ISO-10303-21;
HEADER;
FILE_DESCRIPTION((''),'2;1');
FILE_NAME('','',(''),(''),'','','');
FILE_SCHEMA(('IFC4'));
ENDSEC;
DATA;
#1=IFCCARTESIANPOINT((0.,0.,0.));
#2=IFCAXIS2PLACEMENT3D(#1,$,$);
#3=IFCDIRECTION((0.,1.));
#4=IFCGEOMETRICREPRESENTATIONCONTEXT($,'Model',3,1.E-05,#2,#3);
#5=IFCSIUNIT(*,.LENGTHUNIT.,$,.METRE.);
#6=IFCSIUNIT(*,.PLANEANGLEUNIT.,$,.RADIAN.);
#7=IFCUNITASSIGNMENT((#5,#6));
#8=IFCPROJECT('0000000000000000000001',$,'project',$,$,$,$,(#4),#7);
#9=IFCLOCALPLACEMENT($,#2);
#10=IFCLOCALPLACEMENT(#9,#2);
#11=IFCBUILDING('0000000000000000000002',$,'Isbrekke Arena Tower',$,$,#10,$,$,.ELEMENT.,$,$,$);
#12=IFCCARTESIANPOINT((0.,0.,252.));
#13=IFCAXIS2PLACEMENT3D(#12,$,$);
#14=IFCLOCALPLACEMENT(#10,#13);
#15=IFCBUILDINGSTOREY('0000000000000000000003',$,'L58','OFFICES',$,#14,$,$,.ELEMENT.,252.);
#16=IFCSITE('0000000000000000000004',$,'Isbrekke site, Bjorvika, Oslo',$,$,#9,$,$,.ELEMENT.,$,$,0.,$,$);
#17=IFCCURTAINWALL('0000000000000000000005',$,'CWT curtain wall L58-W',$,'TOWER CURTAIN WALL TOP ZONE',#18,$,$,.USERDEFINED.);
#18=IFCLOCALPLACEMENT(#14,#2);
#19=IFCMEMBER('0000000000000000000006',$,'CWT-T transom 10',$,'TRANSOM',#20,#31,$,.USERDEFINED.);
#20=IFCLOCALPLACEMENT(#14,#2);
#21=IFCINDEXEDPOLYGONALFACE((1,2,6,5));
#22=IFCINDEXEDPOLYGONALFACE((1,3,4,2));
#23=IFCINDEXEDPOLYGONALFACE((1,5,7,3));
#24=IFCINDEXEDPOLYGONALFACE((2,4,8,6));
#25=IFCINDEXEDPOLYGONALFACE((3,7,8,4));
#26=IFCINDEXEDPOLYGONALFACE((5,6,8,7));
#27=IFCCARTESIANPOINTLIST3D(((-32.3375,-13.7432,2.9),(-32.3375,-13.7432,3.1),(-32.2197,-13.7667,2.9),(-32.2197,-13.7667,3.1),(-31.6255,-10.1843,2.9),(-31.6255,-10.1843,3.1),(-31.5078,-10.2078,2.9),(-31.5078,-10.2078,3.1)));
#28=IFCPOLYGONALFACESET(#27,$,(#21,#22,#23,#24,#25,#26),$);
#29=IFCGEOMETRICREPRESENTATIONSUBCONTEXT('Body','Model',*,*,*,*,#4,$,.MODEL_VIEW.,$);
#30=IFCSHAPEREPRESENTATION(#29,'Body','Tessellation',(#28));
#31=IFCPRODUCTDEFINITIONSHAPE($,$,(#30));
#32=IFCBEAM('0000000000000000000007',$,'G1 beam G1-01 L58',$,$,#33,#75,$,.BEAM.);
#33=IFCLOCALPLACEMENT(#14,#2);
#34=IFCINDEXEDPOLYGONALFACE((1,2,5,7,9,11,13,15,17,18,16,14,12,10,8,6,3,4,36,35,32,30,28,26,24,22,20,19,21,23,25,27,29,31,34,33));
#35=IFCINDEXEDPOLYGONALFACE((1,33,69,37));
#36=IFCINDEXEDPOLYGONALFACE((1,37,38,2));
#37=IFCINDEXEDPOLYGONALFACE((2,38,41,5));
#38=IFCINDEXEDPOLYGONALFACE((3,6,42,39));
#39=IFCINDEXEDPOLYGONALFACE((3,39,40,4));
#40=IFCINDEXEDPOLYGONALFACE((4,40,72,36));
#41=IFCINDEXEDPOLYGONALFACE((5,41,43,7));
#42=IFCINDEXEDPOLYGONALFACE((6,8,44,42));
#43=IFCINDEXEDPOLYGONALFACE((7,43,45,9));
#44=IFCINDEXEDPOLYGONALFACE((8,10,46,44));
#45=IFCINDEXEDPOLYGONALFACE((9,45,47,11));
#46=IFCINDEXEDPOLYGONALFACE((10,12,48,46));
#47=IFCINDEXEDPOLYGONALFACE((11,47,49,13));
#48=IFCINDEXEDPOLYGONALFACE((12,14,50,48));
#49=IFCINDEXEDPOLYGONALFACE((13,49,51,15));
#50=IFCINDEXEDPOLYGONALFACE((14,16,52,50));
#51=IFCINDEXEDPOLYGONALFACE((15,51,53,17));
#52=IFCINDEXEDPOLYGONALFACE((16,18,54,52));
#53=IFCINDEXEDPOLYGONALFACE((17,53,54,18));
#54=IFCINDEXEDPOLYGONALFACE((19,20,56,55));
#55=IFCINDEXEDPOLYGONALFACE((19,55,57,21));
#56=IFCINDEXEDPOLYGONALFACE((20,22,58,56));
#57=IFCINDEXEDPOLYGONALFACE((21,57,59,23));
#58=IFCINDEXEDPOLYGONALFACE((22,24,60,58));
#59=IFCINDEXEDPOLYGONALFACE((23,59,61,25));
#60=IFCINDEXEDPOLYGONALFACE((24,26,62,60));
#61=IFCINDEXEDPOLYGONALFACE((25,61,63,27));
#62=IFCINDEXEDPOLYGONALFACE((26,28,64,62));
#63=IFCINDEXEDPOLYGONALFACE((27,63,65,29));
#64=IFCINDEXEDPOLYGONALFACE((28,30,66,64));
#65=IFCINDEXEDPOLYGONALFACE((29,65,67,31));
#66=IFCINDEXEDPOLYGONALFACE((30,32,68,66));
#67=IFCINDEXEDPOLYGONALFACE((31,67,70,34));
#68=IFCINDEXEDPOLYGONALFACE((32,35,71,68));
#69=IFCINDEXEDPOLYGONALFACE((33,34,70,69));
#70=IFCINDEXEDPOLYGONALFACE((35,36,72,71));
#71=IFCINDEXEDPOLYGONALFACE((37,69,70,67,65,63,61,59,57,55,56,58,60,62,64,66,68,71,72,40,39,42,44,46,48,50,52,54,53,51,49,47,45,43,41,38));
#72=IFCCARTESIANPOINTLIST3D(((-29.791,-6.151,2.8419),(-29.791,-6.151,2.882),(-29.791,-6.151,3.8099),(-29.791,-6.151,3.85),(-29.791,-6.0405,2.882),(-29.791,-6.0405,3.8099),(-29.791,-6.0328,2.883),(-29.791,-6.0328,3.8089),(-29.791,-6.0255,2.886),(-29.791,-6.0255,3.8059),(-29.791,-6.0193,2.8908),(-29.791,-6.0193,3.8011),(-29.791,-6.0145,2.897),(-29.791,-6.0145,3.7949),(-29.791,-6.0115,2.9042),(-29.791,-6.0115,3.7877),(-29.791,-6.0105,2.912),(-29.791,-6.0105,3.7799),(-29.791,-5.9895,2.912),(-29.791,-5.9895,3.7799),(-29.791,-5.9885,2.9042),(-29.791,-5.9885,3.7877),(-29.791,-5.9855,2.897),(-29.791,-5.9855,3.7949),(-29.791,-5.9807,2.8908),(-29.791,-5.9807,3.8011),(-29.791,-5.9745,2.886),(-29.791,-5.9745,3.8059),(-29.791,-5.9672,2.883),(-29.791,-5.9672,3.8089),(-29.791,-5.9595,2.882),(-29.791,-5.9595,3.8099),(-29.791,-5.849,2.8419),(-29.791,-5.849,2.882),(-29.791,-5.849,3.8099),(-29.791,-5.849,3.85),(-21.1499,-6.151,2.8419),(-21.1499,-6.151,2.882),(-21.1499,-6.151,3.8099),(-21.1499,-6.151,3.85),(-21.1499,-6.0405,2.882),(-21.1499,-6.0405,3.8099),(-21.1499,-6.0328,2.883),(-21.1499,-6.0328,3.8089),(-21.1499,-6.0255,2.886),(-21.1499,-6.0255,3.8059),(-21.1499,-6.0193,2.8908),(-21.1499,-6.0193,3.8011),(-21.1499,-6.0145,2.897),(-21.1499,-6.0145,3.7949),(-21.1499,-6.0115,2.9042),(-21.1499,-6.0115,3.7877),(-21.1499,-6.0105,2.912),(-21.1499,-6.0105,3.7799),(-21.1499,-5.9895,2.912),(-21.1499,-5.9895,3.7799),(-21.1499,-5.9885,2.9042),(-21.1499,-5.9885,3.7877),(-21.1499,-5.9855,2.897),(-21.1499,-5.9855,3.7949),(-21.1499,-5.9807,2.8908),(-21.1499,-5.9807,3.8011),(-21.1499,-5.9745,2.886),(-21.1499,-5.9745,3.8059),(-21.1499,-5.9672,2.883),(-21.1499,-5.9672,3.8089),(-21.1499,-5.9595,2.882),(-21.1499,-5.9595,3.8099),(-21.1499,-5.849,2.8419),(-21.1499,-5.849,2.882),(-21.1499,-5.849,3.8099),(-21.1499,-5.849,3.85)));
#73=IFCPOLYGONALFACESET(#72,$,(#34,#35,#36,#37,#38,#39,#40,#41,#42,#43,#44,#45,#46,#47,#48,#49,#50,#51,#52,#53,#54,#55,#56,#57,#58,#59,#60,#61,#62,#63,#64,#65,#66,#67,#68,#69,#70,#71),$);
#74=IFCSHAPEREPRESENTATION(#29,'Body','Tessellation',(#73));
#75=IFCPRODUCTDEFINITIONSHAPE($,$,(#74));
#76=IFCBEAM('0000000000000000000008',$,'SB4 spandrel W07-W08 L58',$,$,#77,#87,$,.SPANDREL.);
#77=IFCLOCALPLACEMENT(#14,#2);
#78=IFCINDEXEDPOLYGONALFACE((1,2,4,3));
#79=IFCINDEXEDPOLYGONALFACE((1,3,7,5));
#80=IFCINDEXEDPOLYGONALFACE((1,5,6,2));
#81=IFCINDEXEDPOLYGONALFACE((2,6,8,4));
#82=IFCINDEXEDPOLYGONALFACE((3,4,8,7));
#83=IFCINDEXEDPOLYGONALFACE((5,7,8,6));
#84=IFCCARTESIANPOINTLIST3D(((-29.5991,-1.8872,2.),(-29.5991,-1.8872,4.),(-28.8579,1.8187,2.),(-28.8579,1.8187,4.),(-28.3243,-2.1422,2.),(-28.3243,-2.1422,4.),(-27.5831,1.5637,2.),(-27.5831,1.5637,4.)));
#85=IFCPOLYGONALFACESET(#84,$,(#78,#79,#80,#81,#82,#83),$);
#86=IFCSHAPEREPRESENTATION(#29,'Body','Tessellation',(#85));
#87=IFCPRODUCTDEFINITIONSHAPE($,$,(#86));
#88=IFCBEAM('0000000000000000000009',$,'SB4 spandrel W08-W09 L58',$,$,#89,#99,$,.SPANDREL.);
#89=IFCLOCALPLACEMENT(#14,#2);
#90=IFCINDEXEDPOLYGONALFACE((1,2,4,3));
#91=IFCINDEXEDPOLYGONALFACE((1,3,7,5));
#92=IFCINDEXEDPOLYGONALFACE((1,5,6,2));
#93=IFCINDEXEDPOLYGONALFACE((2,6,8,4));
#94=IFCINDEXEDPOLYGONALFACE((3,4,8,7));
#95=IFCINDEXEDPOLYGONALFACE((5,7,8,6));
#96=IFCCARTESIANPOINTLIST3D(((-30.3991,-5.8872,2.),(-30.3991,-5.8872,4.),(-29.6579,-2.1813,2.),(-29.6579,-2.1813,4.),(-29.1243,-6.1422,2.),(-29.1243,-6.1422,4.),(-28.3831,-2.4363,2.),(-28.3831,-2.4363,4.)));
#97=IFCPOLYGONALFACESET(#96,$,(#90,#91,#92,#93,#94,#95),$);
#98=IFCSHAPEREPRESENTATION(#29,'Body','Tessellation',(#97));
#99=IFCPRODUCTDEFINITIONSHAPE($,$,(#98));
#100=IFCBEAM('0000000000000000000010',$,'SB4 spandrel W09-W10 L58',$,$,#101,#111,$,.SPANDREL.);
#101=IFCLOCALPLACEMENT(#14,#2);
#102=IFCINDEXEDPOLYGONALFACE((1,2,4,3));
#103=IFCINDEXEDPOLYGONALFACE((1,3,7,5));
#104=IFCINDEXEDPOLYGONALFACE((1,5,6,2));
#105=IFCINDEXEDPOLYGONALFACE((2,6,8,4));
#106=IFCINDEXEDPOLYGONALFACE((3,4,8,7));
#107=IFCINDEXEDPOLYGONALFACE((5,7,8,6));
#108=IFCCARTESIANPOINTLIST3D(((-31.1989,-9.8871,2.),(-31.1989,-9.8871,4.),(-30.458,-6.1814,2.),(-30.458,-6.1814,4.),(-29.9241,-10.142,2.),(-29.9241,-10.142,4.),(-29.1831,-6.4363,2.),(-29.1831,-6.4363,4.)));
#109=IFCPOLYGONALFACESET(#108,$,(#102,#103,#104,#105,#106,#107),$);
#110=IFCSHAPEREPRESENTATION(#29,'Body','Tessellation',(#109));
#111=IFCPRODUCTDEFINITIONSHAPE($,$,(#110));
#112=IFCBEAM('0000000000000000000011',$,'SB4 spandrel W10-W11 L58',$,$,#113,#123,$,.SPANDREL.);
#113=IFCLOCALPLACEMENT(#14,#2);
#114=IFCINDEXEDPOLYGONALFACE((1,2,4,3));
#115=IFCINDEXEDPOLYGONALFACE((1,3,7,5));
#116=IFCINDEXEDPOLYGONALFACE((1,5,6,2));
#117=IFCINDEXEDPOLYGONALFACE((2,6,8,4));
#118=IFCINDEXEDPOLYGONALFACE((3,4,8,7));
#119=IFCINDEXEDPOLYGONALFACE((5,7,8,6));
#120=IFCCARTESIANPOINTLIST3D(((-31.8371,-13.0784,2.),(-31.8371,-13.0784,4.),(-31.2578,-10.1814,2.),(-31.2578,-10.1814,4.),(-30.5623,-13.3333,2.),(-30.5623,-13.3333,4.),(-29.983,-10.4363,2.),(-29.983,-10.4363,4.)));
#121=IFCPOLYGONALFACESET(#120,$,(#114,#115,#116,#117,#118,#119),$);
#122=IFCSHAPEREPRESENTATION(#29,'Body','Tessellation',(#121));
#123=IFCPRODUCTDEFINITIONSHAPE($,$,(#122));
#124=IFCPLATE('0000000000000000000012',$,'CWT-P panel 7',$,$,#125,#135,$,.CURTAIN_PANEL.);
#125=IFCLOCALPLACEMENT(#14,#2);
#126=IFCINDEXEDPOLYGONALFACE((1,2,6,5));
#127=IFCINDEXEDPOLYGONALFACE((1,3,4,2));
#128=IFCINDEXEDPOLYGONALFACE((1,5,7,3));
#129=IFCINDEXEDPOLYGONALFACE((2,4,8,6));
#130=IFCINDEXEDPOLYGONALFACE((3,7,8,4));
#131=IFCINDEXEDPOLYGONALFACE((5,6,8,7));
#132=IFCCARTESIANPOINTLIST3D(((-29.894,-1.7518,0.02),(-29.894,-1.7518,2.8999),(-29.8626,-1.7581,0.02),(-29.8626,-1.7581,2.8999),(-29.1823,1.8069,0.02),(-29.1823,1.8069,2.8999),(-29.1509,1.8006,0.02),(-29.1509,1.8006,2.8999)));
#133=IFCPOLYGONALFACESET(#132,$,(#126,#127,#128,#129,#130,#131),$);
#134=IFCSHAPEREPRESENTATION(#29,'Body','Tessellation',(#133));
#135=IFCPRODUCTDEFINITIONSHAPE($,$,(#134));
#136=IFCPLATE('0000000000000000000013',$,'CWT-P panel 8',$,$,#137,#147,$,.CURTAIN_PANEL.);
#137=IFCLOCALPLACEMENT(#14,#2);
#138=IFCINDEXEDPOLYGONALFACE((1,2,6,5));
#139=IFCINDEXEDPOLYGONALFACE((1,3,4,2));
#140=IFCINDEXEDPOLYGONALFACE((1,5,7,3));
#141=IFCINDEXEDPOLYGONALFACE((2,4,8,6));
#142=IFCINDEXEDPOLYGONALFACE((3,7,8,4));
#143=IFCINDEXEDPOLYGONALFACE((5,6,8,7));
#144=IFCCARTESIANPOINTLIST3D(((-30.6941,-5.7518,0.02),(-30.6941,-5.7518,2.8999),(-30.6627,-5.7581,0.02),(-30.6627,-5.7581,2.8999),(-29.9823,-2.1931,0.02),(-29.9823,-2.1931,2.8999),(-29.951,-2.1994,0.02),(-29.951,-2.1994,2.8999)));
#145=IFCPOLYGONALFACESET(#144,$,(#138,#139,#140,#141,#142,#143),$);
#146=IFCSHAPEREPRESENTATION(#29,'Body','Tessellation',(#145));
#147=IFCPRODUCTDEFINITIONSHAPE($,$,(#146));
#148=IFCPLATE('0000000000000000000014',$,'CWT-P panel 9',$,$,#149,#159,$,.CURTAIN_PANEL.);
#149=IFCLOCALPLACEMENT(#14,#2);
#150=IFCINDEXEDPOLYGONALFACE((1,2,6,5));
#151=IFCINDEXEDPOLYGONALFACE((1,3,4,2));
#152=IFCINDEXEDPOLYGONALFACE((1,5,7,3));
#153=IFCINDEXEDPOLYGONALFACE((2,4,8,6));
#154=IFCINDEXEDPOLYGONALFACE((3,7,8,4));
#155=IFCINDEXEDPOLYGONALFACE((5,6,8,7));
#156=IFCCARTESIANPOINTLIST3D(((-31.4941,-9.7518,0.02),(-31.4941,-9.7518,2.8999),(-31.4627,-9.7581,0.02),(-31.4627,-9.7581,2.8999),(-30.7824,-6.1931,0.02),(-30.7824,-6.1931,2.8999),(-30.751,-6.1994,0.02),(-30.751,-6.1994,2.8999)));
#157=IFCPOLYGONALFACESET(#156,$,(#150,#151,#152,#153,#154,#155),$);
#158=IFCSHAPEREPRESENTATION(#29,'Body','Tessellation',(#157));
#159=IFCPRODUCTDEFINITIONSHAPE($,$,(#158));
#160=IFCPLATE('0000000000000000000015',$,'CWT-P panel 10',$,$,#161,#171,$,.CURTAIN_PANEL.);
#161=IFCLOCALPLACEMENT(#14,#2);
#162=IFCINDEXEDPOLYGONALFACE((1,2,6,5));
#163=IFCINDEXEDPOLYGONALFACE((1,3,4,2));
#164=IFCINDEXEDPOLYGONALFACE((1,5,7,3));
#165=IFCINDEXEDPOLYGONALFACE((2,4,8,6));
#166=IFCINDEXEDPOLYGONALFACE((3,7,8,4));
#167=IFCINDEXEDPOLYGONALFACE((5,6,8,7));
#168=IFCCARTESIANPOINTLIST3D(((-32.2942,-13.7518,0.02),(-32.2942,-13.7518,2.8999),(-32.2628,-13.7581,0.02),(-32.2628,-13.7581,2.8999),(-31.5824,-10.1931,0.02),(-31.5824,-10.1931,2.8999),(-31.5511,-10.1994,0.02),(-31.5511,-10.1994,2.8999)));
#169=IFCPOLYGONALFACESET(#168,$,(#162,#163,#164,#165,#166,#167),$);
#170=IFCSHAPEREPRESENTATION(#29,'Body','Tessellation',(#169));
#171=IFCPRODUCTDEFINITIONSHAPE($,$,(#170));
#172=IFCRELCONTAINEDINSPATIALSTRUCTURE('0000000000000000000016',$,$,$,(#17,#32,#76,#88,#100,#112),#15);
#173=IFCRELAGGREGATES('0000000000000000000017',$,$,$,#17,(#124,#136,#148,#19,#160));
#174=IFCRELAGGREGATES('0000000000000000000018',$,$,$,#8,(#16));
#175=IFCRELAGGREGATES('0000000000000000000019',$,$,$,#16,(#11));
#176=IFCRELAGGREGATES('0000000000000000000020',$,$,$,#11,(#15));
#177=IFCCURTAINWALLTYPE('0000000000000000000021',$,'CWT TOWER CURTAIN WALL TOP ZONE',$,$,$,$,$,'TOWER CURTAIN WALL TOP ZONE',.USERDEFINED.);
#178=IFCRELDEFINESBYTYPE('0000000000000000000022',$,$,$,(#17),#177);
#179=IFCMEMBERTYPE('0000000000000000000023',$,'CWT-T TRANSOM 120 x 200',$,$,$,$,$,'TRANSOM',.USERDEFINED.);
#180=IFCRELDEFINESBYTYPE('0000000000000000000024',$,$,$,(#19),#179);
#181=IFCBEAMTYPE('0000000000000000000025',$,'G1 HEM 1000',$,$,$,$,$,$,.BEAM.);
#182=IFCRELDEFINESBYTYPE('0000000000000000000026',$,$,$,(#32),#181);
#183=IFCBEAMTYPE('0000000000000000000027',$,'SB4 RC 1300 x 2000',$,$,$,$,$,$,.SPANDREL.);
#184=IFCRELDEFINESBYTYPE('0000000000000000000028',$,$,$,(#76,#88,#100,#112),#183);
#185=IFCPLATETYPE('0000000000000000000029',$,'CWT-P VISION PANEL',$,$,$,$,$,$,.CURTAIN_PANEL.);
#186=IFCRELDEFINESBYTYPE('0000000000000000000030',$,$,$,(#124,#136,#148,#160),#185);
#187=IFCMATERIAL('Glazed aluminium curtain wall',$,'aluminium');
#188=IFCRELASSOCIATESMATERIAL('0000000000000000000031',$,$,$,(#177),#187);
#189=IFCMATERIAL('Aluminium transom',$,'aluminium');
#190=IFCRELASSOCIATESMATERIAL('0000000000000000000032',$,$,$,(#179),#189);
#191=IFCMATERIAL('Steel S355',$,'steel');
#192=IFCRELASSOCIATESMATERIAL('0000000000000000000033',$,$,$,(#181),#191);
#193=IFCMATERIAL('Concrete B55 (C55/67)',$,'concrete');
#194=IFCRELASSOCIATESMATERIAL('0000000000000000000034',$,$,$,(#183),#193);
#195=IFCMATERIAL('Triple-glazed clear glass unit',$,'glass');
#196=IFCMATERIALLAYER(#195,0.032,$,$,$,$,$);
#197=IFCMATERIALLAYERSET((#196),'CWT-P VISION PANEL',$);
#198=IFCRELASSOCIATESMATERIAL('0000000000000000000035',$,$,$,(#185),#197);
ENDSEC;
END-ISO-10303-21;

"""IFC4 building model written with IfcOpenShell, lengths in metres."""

from ifc_helpers import new_model, si_unit, direction, frame, origin, origin_2d, place, context, subcontext, project, spatial, rectangle, i_section, extrude, material, layer, layer_set, material_profile, profile_set, type_object, element, aggregate, save


model = new_model("IFC4")

# Units and contexts
model_context = context("Model", 3, precision=1e-05, world=origin(), true_north=direction((0.0, 1.0)))
body_context = subcontext(model_context, "Body", "Model", "MODEL_VIEW")
ifc_project = project(units=[si_unit("LENGTHUNIT", "METRE"), si_unit("PLANEANGLEUNIT", "RADIAN")], contexts=[model_context])

# Site, building, storey
site_placement = place(None, origin())
site = spatial("IfcSite", under=ifc_project, at=site_placement, Name="Isbrekke site, Bjorvika, Oslo", CompositionType="ELEMENT", RefElevation=0.0)
building_placement = place(site_placement, origin())
building = spatial("IfcBuilding", under=site, at=building_placement, Name="Isbrekke Arena Tower", CompositionType="ELEMENT")
storey_placement = place(building_placement, frame((0.0, 0.0, 252.0)))
storey = spatial("IfcBuildingStorey", under=building, at=storey_placement, Name="L58", Description="OFFICES", CompositionType="ELEMENT", Elevation=252.0)

# Curtain wall, member
ifc_material_1 = material(Name="Glazed aluminium curtain wall", Category="aluminium")
curtain_wall_type = type_object("IfcCurtainWallType", Name="CWT TOWER CURTAIN WALL TOP ZONE", ElementType="TOWER CURTAIN WALL TOP ZONE", PredefinedType="USERDEFINED", material=ifc_material_1)
curtain_wall_placement = place(storey_placement, origin())
curtain_wall = element("IfcCurtainWall", 1, at=curtain_wall_placement, inside=storey, type_object=curtain_wall_type, Name="CWT curtain wall L58-W", ObjectType="TOWER CURTAIN WALL TOP ZONE", PredefinedType="USERDEFINED")
ifc_material_2 = material(Name="Aluminium transom", Category="aluminium")
ifc_material_profile_1 = material_profile(ifc_material_2, rectangle(XDim=0.1201, YDim=0.2, at=origin_2d()), Name="TRANSOM 120X200")
ifc_profile_set_1 = profile_set([ifc_material_profile_1], Name="Aluminium transom")
member_type_1 = type_object("IfcMemberType", Name="CWT-T TRANSOM 120 x 200", ElementType="TRANSOM", PredefinedType="USERDEFINED", material=ifc_profile_set_1)
member_1_placement = place(storey_placement, frame((-31.5667, -10.196, 3.0), z_axis=(-0.196155, -0.980573, 0.0), x_axis=(0.980573, -0.196155, 0.0)))
member_1 = element("IfcMember", 2, at=member_1_placement, type_object=member_type_1, Name="CWT-T transom 10", ObjectType="TRANSOM", PredefinedType="USERDEFINED", context=body_context, shape_type="SweptSolid", body=[
    extrude(rectangle(XDim=0.1201, YDim=0.2, at=origin_2d()), origin(), (0.0, 0.0, 1.0), 3.6294),
])

# Beams
ifc_material_3 = material(Name="Steel S355", Category="steel")
ifc_material_profile_2 = material_profile(ifc_material_3, i_section(OverallWidth=0.302, OverallDepth=1.0081, WebThickness=0.021, FlangeThickness=0.04, FilletRadius=0.03, at=origin_2d()), Name="HEM 1000")
ifc_profile_set_2 = profile_set([ifc_material_profile_2], Name="Steel S355")
beam_type_1 = type_object("IfcBeamType", Name="G1 HEM 1000", PredefinedType="BEAM", material=ifc_profile_set_2)
beam_1_placement = place(storey_placement, frame((-29.791, -6.0, 3.3459), z_axis=(1.0, 0.0, 0.0), x_axis=(0.0, 1.0, 0.0)))
element("IfcBeam", 3, at=beam_1_placement, inside=storey, type_object=beam_type_1, Name="G1 beam G1-01 L58", PredefinedType="BEAM", context=body_context, shape_type="SweptSolid", body=[
    extrude(i_section(OverallWidth=0.302, OverallDepth=1.0081, WebThickness=0.021, FlangeThickness=0.04, FilletRadius=0.03, at=origin_2d()), origin(), (0.0, 0.0, 1.0), 8.6411),
])
ifc_material_4 = material(Name="Concrete B55 (C55/67)", Category="concrete")
ifc_material_profile_3 = material_profile(ifc_material_4, rectangle(XDim=1.3, YDim=2.0, at=origin_2d()), Name="RC 1300x2000")
ifc_profile_set_3 = profile_set([ifc_material_profile_3], Name="Concrete B55 (C55/67)")
beam_type_2 = type_object("IfcBeamType", Name="SB4 RC 1300 x 2000", PredefinedType="SPANDREL", material=ifc_profile_set_3)
for number, where, z_axis, x_axis, name in (
    (4, (-28.2205, 1.6912, 3.0), (-0.196129, -0.980578, 0.0), (0.980578, -0.196129, 0.0), "SB4 spandrel W07-W08 L58"),
    (5, (-29.0205, -2.3088, 3.0), (-0.196129, -0.980578, 0.0), (0.980578, -0.196129, 0.0), "SB4 spandrel W08-W09 L58"),
):
    element("IfcBeam", number, at=place(storey_placement, frame(where, z_axis=z_axis, x_axis=x_axis)), inside=storey, type_object=beam_type_2, Name=name, PredefinedType="SPANDREL", context=body_context, shape_type="SweptSolid", body=[
        extrude(rectangle(XDim=1.3, YDim=2.0, at=origin_2d()), origin(), (0.0, 0.0, 1.0), 3.7793),
    ])
beam_2_placement = place(storey_placement, frame((-29.8206, -6.3088, 3.0), z_axis=(-0.196066, -0.980591, 0.0), x_axis=(0.980591, -0.196066, 0.0)))
element("IfcBeam", 6, at=beam_2_placement, inside=storey, type_object=beam_type_2, Name="SB4 spandrel W09-W10 L58", PredefinedType="SPANDREL", context=body_context, shape_type="SweptSolid", body=[
    extrude(rectangle(XDim=1.3, YDim=2.0, at=origin_2d()), origin(), (0.0, 0.0, 1.0), 3.7791),
])
beam_3_placement = place(storey_placement, frame((-30.6204, -10.3088, 3.0), z_axis=(-0.1961, -0.980584, 0.0), x_axis=(0.980584, -0.1961, 0.0)))
element("IfcBeam", 7, at=beam_3_placement, inside=storey, type_object=beam_type_2, Name="SB4 spandrel W10-W11 L58", PredefinedType="SPANDREL", context=body_context, shape_type="SweptSolid", body=[
    extrude(rectangle(XDim=1.3, YDim=2.0, at=origin_2d()), origin(), (0.0, 0.0, 1.0), 2.9543),
])

# Plates
ifc_material_5 = material(Name="Triple-glazed clear glass unit", Category="glass")
ifc_layer_1 = layer(ifc_material_5, 0.032)
ifc_layer_set_1 = layer_set([ifc_layer_1], Name="CWT-P VISION PANEL")
plate_type = type_object("IfcPlateType", Name="CWT-P VISION PANEL", PredefinedType="CURTAIN_PANEL", material=ifc_layer_set_1)
plate_1_placement = place(storey_placement, frame((-29.5225, 0.0244, 0.02), z_axis=(0.0, 0.0, 1.0), x_axis=(-0.196116, -0.980581, 0.0)))
plate_1 = element("IfcPlate", 8, at=plate_1_placement, type_object=plate_type, Name="CWT-P panel 7", PredefinedType="CURTAIN_PANEL", context=body_context, shape_type="SweptSolid", body=[
    extrude(rectangle(XDim=3.6292, YDim=0.032, at=origin_2d()), origin(), (0.0, 0.0, 1.0), 2.8799),
])
plate_2_placement = place(storey_placement, frame((-30.3225, -3.9756, 0.02), z_axis=(0.0, 0.0, 1.0), x_axis=(-0.196116, -0.980581, 0.0)))
plate_2 = element("IfcPlate", 9, at=plate_2_placement, type_object=plate_type, Name="CWT-P panel 8", PredefinedType="CURTAIN_PANEL", context=body_context, shape_type="SweptSolid", body=[
    extrude(rectangle(XDim=3.6292, YDim=0.032, at=origin_2d()), origin(), (0.0, 0.0, 1.0), 2.8799),
])
plate_3_placement = place(storey_placement, frame((-31.1226, -7.9756, 0.02), z_axis=(0.0, 0.0, 1.0), x_axis=(-0.196116, -0.980581, 0.0)))
plate_3 = element("IfcPlate", 10, at=plate_3_placement, type_object=plate_type, Name="CWT-P panel 9", PredefinedType="CURTAIN_PANEL", context=body_context, shape_type="SweptSolid", body=[
    extrude(rectangle(XDim=3.6292, YDim=0.032, at=origin_2d()), origin(), (0.0, 0.0, 1.0), 2.8799),
])
plate_4_placement = place(storey_placement, frame((-31.9226, -11.9756, 0.02), z_axis=(0.0, 0.0, 1.0), x_axis=(-0.196116, -0.980581, 0.0)))
plate_4 = element("IfcPlate", 11, at=plate_4_placement, type_object=plate_type, Name="CWT-P panel 10", PredefinedType="CURTAIN_PANEL", context=body_context, shape_type="SweptSolid", body=[
    extrude(rectangle(XDim=3.6292, YDim=0.032, at=origin_2d()), origin(), (0.0, 0.0, 1.0), 2.8799),
])
aggregate(curtain_wall, [plate_1, plate_2, plate_3, member_1, plate_4])

save(model, "model.ifc")
